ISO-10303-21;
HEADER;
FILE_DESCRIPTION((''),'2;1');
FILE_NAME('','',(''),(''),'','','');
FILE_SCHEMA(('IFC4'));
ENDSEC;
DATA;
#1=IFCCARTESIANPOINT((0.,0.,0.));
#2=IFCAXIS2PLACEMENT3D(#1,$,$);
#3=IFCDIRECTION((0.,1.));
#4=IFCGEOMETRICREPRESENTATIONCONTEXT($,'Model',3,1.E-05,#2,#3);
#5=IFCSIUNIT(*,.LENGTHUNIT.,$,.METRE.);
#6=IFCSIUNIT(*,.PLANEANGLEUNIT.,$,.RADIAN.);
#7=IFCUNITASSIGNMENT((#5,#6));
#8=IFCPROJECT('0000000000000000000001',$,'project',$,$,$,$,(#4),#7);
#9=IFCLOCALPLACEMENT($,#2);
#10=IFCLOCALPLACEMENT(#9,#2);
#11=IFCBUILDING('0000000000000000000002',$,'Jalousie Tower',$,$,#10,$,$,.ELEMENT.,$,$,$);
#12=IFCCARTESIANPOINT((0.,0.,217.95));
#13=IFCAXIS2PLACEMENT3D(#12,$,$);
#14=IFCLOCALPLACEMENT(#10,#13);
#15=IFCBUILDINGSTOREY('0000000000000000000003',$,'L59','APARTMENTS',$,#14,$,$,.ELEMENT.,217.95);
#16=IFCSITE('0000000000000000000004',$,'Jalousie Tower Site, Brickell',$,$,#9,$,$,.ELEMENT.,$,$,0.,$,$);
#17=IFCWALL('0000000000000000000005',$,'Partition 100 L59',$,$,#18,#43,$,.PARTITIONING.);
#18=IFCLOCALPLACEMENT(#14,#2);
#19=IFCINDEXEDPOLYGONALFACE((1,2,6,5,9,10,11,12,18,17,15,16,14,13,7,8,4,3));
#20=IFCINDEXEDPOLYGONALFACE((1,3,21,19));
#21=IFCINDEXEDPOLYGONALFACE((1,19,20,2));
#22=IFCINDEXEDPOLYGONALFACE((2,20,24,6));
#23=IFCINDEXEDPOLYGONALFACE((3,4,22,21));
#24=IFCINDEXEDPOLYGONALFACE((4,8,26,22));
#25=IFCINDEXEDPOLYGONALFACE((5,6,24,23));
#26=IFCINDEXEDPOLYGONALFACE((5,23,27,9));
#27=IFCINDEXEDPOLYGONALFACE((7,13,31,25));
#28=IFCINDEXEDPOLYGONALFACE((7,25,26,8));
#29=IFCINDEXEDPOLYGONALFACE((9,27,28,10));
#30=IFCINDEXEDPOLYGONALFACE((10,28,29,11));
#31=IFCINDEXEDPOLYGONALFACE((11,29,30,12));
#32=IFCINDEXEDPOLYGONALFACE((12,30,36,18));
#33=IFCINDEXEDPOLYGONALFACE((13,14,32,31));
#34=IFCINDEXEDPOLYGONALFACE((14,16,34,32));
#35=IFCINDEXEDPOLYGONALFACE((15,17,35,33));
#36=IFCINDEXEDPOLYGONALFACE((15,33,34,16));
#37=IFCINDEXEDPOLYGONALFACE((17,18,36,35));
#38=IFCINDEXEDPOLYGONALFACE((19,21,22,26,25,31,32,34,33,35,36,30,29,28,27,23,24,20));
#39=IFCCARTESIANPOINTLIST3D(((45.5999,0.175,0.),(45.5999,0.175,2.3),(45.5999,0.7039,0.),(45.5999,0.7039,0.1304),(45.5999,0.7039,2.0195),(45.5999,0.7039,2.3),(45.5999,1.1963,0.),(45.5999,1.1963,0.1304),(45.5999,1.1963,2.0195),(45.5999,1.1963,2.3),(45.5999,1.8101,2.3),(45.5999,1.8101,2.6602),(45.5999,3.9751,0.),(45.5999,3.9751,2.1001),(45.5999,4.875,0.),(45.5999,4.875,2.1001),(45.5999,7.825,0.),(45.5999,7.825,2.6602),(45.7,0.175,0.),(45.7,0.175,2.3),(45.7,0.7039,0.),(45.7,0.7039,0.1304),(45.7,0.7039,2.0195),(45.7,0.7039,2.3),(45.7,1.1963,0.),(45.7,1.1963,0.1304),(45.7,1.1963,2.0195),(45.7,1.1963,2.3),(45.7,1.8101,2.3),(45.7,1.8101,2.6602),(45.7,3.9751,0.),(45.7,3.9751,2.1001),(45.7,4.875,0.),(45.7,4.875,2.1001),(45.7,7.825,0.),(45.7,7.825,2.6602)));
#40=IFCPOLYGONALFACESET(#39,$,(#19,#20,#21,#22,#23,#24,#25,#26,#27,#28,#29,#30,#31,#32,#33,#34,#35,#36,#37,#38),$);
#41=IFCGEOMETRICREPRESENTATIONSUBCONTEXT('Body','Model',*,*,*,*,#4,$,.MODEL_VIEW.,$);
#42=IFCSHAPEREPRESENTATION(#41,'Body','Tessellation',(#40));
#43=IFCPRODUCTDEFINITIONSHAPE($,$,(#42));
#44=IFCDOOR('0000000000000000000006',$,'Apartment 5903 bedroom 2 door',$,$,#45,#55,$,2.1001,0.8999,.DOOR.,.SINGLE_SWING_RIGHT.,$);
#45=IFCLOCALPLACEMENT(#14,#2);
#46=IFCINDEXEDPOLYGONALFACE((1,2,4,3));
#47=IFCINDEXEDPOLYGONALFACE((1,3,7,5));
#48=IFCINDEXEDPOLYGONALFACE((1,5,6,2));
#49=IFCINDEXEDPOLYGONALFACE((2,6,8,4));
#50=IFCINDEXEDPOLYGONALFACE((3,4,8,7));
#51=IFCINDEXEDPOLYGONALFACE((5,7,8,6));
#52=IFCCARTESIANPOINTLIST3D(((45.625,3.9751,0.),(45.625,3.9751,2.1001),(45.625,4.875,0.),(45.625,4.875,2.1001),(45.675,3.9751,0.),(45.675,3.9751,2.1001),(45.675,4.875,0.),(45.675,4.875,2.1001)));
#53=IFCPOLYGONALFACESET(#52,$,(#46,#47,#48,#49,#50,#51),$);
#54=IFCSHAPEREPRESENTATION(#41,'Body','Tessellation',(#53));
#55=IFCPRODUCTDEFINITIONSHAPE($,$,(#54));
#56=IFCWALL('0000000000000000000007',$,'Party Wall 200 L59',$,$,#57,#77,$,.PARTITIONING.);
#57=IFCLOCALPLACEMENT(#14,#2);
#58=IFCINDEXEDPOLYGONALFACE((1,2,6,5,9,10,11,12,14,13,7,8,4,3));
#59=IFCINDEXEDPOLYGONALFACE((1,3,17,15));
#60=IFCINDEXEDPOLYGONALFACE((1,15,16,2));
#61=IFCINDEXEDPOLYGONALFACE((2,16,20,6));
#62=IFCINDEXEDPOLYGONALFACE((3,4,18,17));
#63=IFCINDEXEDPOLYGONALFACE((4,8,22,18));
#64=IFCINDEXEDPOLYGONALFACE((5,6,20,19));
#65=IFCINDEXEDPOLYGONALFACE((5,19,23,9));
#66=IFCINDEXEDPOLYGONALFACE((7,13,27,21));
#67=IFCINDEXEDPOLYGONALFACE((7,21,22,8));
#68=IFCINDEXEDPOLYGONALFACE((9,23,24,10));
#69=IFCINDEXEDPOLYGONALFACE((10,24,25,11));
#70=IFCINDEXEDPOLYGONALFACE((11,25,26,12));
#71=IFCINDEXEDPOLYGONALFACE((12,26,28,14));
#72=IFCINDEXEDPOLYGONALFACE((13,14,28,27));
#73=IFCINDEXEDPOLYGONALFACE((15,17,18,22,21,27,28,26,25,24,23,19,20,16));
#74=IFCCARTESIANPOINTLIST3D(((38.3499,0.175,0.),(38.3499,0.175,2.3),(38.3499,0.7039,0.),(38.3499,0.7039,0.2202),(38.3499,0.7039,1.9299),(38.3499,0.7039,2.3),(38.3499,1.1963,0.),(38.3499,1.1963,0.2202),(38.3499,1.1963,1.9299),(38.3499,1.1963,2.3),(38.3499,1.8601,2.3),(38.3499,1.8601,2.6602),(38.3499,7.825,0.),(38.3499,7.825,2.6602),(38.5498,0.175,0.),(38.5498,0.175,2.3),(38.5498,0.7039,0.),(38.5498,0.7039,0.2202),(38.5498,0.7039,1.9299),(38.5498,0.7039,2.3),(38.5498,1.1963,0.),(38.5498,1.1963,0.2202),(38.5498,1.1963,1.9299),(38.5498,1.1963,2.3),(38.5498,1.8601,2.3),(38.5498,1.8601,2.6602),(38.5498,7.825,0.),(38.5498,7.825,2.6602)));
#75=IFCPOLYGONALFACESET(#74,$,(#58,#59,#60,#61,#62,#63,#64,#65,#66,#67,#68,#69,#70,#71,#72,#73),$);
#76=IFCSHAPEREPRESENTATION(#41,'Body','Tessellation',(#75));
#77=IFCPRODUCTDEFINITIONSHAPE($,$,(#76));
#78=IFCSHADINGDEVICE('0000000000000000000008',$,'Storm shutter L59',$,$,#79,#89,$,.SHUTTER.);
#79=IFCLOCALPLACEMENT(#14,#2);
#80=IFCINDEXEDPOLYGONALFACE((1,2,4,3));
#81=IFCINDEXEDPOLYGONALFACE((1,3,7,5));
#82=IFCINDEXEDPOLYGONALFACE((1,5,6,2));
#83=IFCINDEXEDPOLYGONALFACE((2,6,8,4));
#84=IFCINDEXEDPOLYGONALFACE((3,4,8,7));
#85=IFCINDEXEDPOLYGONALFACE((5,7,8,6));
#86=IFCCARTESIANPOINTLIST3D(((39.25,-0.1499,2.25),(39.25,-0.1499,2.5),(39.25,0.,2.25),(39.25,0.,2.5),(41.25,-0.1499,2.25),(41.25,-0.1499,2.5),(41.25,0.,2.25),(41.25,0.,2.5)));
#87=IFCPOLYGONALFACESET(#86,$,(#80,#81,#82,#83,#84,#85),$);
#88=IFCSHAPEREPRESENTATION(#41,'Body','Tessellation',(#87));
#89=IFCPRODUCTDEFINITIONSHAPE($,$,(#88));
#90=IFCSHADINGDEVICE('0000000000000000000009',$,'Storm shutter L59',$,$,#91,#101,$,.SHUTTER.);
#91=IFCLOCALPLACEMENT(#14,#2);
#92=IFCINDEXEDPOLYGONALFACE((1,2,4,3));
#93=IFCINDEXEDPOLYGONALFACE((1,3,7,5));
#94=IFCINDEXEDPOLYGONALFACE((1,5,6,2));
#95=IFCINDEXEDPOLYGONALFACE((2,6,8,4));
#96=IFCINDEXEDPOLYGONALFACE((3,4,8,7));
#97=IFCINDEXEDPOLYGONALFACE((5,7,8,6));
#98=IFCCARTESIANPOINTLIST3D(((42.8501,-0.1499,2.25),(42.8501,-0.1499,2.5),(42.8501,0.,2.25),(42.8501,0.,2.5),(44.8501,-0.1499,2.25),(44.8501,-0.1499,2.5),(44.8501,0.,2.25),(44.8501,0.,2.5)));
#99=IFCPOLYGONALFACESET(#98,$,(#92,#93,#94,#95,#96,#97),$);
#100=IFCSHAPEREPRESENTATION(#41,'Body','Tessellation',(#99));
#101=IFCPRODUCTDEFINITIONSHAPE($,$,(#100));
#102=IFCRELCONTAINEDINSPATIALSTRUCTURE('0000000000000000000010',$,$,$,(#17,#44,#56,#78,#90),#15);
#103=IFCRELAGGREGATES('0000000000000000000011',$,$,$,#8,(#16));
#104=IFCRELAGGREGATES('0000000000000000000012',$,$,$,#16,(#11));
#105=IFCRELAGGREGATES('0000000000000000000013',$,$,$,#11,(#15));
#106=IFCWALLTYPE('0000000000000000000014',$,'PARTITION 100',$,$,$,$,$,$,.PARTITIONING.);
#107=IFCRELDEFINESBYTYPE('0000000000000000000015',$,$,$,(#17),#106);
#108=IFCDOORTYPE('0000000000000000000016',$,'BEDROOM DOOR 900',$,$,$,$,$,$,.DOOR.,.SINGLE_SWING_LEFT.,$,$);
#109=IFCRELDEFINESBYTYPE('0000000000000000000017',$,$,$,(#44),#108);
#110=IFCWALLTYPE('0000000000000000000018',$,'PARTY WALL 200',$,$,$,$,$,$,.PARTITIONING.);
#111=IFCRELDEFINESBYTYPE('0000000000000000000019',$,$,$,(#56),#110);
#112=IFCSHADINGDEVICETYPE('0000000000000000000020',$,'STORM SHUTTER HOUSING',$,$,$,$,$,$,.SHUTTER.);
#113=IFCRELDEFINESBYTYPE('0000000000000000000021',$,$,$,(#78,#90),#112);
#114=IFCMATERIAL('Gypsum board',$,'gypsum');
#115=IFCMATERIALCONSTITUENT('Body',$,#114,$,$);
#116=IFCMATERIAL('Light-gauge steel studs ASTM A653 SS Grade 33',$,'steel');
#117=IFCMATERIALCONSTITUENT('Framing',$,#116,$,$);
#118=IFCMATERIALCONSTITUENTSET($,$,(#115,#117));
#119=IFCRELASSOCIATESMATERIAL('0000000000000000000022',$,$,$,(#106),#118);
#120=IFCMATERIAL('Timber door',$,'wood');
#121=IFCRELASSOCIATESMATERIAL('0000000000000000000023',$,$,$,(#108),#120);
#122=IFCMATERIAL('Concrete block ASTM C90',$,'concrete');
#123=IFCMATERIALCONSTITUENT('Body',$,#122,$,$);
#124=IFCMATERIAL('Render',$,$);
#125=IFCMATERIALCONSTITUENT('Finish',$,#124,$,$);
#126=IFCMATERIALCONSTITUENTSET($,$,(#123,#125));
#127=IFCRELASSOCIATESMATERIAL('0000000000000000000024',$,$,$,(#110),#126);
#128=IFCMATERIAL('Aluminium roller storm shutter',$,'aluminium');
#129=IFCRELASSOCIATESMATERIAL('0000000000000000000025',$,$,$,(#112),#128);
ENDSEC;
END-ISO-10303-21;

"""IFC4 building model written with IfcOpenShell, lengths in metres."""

from ifc_helpers import new_model, si_unit, direction, frame, frame_2d, origin, origin_2d, place, context, subcontext, project, spatial, polyline, rectangle, outline, extrude, material, constituent, constituent_set, type_object, element, fill, save


model = new_model("IFC4")

# Units and contexts
model_context = context("Model", 3, precision=1e-05, world=origin(), true_north=direction((0.0, 1.0)))
body_context = subcontext(model_context, "Body", "Model", "MODEL_VIEW")
ifc_project = project(units=[si_unit("LENGTHUNIT", "METRE"), si_unit("PLANEANGLEUNIT", "RADIAN")], contexts=[model_context])

# Site, building, storey
site_placement = place(None, origin())
site = spatial("IfcSite", under=ifc_project, at=site_placement, Name="Jalousie Tower Site, Brickell", CompositionType="ELEMENT", RefElevation=0.0)
building_placement = place(site_placement, origin())
building = spatial("IfcBuilding", under=site, at=building_placement, Name="Jalousie Tower", CompositionType="ELEMENT")
storey_placement = place(building_placement, frame((0.0, 0.0, 217.95)))
storey = spatial("IfcBuildingStorey", under=building, at=storey_placement, Name="L59", Description="APARTMENTS", CompositionType="ELEMENT", Elevation=217.95)

# Wall, opening, door
ifc_material_1 = material(Name="Gypsum board", Category="gypsum")
ifc_constituent_1 = constituent(ifc_material_1, Name="Body")
ifc_material_2 = material(Name="Light-gauge steel studs ASTM A653 SS Grade 33", Category="steel")
ifc_constituent_2 = constituent(ifc_material_2, Name="Framing")
ifc_constituent_set_1 = constituent_set(constituents=[ifc_constituent_1, ifc_constituent_2])
wall_type_1 = type_object("IfcWallType", Name="PARTITION 100", PredefinedType="PARTITIONING", material=ifc_constituent_set_1)
ifc_material_3 = material(Name="Timber door", Category="wood")
door_type = type_object("IfcDoorType", Name="BEDROOM DOOR 900", OperationType="SINGLE_SWING_LEFT", PredefinedType="DOOR", material=ifc_material_3)
wall_1_placement = place(storey_placement, frame((45.6499, 0.175, 0.0), z_axis=(0.0, 0.0, 1.0), x_axis=(0.0, 1.0, 0.0)))
wall_1 = element("IfcWall", 1, at=wall_1_placement, inside=storey, type_object=wall_type_1, Name="Partition 100 L59", PredefinedType="PARTITIONING", context=body_context, shape_type="SweptSolid", body=[
    extrude(outline(polyline([(0.5288, 2.3), (0.0, 2.3), (0.0, 0.0), (0.5288, 0.0), (0.5288, 0.1304), (1.0212, 0.1304), (1.0212, 0.0), (7.6499, 0.0), (7.6499, 2.6602), (1.635, 2.6602), (1.635, 2.3), (1.0212, 2.3), (1.0212, 2.0195), (0.5288, 2.0195), (0.5288, 2.3)])), frame((0.0, 0.05, 0.0), z_axis=(0.0, -1.0, 0.0), x_axis=(1.0, 0.0, 0.0)), (0.0, 0.0, 1.0), 0.1001),
])
opening_1_placement = place(wall_1_placement, frame((3.8, 0.0, 0.0)))
opening_1 = element("IfcOpeningElement", 2, at=opening_1_placement, cuts=wall_1, PredefinedType="OPENING", context=body_context, shape_type="SweptSolid", body=[
    extrude(rectangle(XDim=0.8999, YDim=2.1001, at=frame_2d((0.45, 1.05))), frame((0.0, 0.0601, 0.0), z_axis=(0.0, -1.0, 0.0), x_axis=(1.0, 0.0, 0.0)), (0.0, 0.0, 1.0), 0.1201),
])
door_1_placement = place(opening_1_placement, origin())
door_1 = element("IfcDoor", 3, at=door_1_placement, inside=storey, type_object=door_type, Name="Apartment 5903 bedroom 2 door", OperationType="SINGLE_SWING_RIGHT", OverallHeight=2.1001, OverallWidth=0.8999, PredefinedType="DOOR", context=body_context, shape_type="SweptSolid", body=[
    extrude(rectangle(XDim=0.8999, YDim=2.1001, at=frame_2d((0.45, 1.05))), frame((0.0, 0.0249, 0.0), z_axis=(0.0, -1.0, 0.0), x_axis=(1.0, 0.0, 0.0)), (0.0, 0.0, 1.0), 0.05),
])
fill(opening_1, door_1)

# Wall
ifc_material_4 = material(Name="Concrete block ASTM C90", Category="concrete")
ifc_constituent_3 = constituent(ifc_material_4, Name="Body")
ifc_material_5 = material(Name="Render")
ifc_constituent_4 = constituent(ifc_material_5, Name="Finish")
ifc_constituent_set_2 = constituent_set(constituents=[ifc_constituent_3, ifc_constituent_4])
wall_type_2 = type_object("IfcWallType", Name="PARTY WALL 200", PredefinedType="PARTITIONING", material=ifc_constituent_set_2)
wall_2_placement = place(storey_placement, frame((38.45, 0.175, 0.0), z_axis=(0.0, 0.0, 1.0), x_axis=(0.0, 1.0, 0.0)))
element("IfcWall", 4, at=wall_2_placement, inside=storey, type_object=wall_type_2, Name="Party Wall 200 L59", PredefinedType="PARTITIONING", context=body_context, shape_type="SweptSolid", body=[
    extrude(outline(polyline([(0.5288, 2.3), (0.0, 2.3), (0.0, 0.0), (0.5288, 0.0), (0.5288, 0.2202), (1.0212, 0.2202), (1.0212, 0.0), (7.6499, 0.0), (7.6499, 2.6602), (1.6851, 2.6602), (1.6851, 2.3), (1.0212, 2.3), (1.0212, 1.9299), (0.5288, 1.9299), (0.5288, 2.3)])), frame((0.0, 0.1001, 0.0), z_axis=(0.0, -1.0, 0.0), x_axis=(1.0, 0.0, 0.0)), (0.0, 0.0, 1.0), 0.2),
])

# Shading devices
ifc_material_6 = material(Name="Aluminium roller storm shutter", Category="aluminium")
shading_device_type = type_object("IfcShadingDeviceType", Name="STORM SHUTTER HOUSING", PredefinedType="SHUTTER", material=ifc_material_6)
for number, where, z_axis, x_axis, name in (
    (5, (40.25, -0.075, 2.25), (0.0, 0.0, 1.0), (1.0, 0.0, 0.0), "Storm shutter L59"),
    (6, (43.8501, -0.075, 2.25), (0.0, 0.0, 1.0), (1.0, 0.0, 0.0), "Storm shutter L59"),
):
    element("IfcShadingDevice", number, at=place(storey_placement, frame(where, z_axis=z_axis, x_axis=x_axis)), inside=storey, type_object=shading_device_type, Name=name, PredefinedType="SHUTTER", context=body_context, shape_type="SweptSolid", body=[
        extrude(rectangle(XDim=2.0, YDim=0.1499, at=origin_2d()), origin(), (0.0, 0.0, 1.0), 0.25),
    ])

save(model, "model.ifc")
